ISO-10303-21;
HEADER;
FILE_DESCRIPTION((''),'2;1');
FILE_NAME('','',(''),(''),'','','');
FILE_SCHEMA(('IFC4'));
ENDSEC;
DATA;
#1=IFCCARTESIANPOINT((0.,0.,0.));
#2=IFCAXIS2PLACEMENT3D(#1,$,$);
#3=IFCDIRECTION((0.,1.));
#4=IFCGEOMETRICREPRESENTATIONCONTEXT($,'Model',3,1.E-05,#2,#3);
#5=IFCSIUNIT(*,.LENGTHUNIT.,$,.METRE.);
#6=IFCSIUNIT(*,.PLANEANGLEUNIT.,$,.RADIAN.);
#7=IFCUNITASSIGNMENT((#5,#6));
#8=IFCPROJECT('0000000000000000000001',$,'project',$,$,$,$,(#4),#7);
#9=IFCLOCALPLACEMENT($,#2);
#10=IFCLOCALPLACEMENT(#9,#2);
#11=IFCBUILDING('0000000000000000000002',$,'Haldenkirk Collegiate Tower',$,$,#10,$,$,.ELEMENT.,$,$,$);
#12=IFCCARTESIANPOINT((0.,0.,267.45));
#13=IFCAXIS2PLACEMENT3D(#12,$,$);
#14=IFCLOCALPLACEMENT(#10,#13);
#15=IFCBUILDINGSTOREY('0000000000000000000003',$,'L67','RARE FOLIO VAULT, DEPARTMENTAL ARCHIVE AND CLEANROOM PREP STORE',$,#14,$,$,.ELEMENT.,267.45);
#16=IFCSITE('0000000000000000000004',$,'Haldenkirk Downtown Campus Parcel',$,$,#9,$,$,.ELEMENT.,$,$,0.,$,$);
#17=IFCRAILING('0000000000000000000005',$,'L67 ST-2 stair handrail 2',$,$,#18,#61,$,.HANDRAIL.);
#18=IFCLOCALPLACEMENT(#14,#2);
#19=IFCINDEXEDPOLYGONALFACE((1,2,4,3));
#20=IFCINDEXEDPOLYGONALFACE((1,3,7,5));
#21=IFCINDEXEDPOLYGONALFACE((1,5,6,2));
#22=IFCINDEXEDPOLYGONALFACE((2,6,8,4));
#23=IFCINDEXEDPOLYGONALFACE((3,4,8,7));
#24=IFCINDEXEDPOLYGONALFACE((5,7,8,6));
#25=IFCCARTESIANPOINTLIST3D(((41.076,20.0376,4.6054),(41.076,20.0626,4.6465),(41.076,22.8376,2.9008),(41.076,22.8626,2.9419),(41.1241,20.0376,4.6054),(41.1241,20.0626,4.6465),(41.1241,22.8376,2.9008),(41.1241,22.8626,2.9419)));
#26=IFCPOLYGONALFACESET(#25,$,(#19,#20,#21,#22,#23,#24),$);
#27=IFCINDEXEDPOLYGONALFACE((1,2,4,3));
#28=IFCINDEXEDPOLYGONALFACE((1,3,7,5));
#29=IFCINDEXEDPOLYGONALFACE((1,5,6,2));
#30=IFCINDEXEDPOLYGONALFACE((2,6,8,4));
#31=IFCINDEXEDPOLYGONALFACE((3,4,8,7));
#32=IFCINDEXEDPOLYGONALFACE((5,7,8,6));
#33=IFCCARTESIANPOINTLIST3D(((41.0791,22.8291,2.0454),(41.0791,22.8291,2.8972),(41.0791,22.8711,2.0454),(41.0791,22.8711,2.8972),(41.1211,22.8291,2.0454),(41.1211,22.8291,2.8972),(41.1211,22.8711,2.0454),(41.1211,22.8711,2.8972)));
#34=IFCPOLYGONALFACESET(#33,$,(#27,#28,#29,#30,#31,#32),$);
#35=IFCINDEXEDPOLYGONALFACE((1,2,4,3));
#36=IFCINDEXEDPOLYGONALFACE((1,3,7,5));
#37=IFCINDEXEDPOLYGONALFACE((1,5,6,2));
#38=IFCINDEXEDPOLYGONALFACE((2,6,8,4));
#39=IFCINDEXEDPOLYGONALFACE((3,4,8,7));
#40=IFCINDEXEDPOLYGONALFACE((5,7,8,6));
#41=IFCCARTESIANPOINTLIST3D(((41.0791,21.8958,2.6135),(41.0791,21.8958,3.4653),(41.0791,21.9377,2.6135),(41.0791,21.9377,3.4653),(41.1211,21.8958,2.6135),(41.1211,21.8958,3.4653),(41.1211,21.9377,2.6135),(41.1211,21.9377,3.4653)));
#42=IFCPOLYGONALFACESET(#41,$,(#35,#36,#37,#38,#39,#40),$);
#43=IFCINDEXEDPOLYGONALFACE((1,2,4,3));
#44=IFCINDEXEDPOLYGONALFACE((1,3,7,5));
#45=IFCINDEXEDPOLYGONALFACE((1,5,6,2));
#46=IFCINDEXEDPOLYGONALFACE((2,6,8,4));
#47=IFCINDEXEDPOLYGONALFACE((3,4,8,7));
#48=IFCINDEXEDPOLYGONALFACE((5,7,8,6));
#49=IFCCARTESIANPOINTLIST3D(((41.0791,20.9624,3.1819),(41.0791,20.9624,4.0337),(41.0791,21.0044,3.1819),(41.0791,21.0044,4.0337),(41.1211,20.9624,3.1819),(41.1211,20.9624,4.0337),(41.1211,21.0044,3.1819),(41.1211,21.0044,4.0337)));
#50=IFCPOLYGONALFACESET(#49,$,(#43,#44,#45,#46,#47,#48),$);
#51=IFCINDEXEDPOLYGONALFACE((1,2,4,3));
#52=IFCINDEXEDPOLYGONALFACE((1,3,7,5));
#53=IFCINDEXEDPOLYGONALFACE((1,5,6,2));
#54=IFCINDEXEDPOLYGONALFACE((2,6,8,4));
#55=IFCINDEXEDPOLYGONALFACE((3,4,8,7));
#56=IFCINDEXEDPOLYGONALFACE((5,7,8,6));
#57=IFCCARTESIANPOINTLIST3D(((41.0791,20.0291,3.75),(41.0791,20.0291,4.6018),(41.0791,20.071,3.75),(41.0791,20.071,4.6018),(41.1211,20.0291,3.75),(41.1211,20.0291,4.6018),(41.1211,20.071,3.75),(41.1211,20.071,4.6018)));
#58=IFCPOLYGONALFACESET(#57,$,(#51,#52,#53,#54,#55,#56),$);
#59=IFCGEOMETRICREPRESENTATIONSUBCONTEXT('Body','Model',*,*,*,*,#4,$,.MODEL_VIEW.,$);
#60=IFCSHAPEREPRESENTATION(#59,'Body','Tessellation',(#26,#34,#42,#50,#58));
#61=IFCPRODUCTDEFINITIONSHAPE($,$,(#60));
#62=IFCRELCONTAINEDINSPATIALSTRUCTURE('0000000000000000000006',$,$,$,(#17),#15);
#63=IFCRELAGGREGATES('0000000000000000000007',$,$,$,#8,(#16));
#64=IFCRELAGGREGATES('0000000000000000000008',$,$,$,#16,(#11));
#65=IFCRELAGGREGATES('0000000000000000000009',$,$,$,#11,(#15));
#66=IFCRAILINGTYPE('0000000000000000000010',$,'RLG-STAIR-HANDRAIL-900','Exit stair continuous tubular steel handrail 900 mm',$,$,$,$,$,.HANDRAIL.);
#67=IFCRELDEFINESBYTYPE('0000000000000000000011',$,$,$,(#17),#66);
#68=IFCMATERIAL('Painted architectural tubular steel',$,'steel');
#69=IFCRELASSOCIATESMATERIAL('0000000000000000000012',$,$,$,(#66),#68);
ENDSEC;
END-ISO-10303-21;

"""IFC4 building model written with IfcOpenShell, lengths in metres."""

from ifc_helpers import new_model, si_unit, direction, frame, origin, origin_2d, place, context, subcontext, project, spatial, rectangle, extrude, material, type_object, element, save


model = new_model("IFC4")

# Units and contexts
model_context = context("Model", 3, precision=1e-05, world=origin(), true_north=direction((0.0, 1.0)))
body_context = subcontext(model_context, "Body", "Model", "MODEL_VIEW")
ifc_project = project(units=[si_unit("LENGTHUNIT", "METRE"), si_unit("PLANEANGLEUNIT", "RADIAN")], contexts=[model_context])

# Site, building, storey
site_placement = place(None, origin())
site = spatial("IfcSite", under=ifc_project, at=site_placement, Name="Haldenkirk Downtown Campus Parcel", CompositionType="ELEMENT", RefElevation=0.0)
building_placement = place(site_placement, origin())
building = spatial("IfcBuilding", under=site, at=building_placement, Name="Haldenkirk Collegiate Tower", CompositionType="ELEMENT")
storey_placement = place(building_placement, frame((0.0, 0.0, 267.45)))
storey = spatial("IfcBuildingStorey", under=building, at=storey_placement, Name="L67", Description="RARE FOLIO VAULT, DEPARTMENTAL ARCHIVE AND CLEANROOM PREP STORE", CompositionType="ELEMENT", Elevation=267.45)

# Railing
ifc_material_1 = material(Name="Painted architectural tubular steel", Category="steel")
railing_type_1 = type_object("IfcRailingType", Name="RLG-STAIR-HANDRAIL-900", Description="Exit stair continuous tubular steel handrail 900 mm", PredefinedType="HANDRAIL", material=ifc_material_1)
railing_1_placement = place(storey_placement, frame((41.1001, 22.8501, 2.0454)))
element("IfcRailing", 1, at=railing_1_placement, inside=storey, type_object=railing_type_1, Name="L67 ST-2 stair handrail 2", PredefinedType="HANDRAIL", context=body_context, shape_type="SweptSolid", body=[
    extrude(rectangle(XDim=0.0481, YDim=0.0481, at=origin_2d()), frame((0.0, 0.0, 0.876), z_axis=(0.0, -0.85417, 0.519994), x_axis=(1.0, 0.0, 0.0)), (0.0, 0.0, 1.0), 3.2781),
    extrude(rectangle(XDim=0.042, YDim=0.042, at=origin_2d()), origin(), (0.0, 0.0, 1.0), 0.8518),
    extrude(rectangle(XDim=0.042, YDim=0.042, at=origin_2d()), frame((0.0, -0.9333, 0.5681)), (0.0, 0.0, 1.0), 0.8518),
    extrude(rectangle(XDim=0.042, YDim=0.042, at=origin_2d()), frame((0.0, -1.8667, 1.1365)), (0.0, 0.0, 1.0), 0.8518),
    extrude(rectangle(XDim=0.042, YDim=0.042, at=origin_2d()), frame((0.0, -2.8, 1.7046)), (0.0, 0.0, 1.0), 0.8518),
])

save(model, "model.ifc")
